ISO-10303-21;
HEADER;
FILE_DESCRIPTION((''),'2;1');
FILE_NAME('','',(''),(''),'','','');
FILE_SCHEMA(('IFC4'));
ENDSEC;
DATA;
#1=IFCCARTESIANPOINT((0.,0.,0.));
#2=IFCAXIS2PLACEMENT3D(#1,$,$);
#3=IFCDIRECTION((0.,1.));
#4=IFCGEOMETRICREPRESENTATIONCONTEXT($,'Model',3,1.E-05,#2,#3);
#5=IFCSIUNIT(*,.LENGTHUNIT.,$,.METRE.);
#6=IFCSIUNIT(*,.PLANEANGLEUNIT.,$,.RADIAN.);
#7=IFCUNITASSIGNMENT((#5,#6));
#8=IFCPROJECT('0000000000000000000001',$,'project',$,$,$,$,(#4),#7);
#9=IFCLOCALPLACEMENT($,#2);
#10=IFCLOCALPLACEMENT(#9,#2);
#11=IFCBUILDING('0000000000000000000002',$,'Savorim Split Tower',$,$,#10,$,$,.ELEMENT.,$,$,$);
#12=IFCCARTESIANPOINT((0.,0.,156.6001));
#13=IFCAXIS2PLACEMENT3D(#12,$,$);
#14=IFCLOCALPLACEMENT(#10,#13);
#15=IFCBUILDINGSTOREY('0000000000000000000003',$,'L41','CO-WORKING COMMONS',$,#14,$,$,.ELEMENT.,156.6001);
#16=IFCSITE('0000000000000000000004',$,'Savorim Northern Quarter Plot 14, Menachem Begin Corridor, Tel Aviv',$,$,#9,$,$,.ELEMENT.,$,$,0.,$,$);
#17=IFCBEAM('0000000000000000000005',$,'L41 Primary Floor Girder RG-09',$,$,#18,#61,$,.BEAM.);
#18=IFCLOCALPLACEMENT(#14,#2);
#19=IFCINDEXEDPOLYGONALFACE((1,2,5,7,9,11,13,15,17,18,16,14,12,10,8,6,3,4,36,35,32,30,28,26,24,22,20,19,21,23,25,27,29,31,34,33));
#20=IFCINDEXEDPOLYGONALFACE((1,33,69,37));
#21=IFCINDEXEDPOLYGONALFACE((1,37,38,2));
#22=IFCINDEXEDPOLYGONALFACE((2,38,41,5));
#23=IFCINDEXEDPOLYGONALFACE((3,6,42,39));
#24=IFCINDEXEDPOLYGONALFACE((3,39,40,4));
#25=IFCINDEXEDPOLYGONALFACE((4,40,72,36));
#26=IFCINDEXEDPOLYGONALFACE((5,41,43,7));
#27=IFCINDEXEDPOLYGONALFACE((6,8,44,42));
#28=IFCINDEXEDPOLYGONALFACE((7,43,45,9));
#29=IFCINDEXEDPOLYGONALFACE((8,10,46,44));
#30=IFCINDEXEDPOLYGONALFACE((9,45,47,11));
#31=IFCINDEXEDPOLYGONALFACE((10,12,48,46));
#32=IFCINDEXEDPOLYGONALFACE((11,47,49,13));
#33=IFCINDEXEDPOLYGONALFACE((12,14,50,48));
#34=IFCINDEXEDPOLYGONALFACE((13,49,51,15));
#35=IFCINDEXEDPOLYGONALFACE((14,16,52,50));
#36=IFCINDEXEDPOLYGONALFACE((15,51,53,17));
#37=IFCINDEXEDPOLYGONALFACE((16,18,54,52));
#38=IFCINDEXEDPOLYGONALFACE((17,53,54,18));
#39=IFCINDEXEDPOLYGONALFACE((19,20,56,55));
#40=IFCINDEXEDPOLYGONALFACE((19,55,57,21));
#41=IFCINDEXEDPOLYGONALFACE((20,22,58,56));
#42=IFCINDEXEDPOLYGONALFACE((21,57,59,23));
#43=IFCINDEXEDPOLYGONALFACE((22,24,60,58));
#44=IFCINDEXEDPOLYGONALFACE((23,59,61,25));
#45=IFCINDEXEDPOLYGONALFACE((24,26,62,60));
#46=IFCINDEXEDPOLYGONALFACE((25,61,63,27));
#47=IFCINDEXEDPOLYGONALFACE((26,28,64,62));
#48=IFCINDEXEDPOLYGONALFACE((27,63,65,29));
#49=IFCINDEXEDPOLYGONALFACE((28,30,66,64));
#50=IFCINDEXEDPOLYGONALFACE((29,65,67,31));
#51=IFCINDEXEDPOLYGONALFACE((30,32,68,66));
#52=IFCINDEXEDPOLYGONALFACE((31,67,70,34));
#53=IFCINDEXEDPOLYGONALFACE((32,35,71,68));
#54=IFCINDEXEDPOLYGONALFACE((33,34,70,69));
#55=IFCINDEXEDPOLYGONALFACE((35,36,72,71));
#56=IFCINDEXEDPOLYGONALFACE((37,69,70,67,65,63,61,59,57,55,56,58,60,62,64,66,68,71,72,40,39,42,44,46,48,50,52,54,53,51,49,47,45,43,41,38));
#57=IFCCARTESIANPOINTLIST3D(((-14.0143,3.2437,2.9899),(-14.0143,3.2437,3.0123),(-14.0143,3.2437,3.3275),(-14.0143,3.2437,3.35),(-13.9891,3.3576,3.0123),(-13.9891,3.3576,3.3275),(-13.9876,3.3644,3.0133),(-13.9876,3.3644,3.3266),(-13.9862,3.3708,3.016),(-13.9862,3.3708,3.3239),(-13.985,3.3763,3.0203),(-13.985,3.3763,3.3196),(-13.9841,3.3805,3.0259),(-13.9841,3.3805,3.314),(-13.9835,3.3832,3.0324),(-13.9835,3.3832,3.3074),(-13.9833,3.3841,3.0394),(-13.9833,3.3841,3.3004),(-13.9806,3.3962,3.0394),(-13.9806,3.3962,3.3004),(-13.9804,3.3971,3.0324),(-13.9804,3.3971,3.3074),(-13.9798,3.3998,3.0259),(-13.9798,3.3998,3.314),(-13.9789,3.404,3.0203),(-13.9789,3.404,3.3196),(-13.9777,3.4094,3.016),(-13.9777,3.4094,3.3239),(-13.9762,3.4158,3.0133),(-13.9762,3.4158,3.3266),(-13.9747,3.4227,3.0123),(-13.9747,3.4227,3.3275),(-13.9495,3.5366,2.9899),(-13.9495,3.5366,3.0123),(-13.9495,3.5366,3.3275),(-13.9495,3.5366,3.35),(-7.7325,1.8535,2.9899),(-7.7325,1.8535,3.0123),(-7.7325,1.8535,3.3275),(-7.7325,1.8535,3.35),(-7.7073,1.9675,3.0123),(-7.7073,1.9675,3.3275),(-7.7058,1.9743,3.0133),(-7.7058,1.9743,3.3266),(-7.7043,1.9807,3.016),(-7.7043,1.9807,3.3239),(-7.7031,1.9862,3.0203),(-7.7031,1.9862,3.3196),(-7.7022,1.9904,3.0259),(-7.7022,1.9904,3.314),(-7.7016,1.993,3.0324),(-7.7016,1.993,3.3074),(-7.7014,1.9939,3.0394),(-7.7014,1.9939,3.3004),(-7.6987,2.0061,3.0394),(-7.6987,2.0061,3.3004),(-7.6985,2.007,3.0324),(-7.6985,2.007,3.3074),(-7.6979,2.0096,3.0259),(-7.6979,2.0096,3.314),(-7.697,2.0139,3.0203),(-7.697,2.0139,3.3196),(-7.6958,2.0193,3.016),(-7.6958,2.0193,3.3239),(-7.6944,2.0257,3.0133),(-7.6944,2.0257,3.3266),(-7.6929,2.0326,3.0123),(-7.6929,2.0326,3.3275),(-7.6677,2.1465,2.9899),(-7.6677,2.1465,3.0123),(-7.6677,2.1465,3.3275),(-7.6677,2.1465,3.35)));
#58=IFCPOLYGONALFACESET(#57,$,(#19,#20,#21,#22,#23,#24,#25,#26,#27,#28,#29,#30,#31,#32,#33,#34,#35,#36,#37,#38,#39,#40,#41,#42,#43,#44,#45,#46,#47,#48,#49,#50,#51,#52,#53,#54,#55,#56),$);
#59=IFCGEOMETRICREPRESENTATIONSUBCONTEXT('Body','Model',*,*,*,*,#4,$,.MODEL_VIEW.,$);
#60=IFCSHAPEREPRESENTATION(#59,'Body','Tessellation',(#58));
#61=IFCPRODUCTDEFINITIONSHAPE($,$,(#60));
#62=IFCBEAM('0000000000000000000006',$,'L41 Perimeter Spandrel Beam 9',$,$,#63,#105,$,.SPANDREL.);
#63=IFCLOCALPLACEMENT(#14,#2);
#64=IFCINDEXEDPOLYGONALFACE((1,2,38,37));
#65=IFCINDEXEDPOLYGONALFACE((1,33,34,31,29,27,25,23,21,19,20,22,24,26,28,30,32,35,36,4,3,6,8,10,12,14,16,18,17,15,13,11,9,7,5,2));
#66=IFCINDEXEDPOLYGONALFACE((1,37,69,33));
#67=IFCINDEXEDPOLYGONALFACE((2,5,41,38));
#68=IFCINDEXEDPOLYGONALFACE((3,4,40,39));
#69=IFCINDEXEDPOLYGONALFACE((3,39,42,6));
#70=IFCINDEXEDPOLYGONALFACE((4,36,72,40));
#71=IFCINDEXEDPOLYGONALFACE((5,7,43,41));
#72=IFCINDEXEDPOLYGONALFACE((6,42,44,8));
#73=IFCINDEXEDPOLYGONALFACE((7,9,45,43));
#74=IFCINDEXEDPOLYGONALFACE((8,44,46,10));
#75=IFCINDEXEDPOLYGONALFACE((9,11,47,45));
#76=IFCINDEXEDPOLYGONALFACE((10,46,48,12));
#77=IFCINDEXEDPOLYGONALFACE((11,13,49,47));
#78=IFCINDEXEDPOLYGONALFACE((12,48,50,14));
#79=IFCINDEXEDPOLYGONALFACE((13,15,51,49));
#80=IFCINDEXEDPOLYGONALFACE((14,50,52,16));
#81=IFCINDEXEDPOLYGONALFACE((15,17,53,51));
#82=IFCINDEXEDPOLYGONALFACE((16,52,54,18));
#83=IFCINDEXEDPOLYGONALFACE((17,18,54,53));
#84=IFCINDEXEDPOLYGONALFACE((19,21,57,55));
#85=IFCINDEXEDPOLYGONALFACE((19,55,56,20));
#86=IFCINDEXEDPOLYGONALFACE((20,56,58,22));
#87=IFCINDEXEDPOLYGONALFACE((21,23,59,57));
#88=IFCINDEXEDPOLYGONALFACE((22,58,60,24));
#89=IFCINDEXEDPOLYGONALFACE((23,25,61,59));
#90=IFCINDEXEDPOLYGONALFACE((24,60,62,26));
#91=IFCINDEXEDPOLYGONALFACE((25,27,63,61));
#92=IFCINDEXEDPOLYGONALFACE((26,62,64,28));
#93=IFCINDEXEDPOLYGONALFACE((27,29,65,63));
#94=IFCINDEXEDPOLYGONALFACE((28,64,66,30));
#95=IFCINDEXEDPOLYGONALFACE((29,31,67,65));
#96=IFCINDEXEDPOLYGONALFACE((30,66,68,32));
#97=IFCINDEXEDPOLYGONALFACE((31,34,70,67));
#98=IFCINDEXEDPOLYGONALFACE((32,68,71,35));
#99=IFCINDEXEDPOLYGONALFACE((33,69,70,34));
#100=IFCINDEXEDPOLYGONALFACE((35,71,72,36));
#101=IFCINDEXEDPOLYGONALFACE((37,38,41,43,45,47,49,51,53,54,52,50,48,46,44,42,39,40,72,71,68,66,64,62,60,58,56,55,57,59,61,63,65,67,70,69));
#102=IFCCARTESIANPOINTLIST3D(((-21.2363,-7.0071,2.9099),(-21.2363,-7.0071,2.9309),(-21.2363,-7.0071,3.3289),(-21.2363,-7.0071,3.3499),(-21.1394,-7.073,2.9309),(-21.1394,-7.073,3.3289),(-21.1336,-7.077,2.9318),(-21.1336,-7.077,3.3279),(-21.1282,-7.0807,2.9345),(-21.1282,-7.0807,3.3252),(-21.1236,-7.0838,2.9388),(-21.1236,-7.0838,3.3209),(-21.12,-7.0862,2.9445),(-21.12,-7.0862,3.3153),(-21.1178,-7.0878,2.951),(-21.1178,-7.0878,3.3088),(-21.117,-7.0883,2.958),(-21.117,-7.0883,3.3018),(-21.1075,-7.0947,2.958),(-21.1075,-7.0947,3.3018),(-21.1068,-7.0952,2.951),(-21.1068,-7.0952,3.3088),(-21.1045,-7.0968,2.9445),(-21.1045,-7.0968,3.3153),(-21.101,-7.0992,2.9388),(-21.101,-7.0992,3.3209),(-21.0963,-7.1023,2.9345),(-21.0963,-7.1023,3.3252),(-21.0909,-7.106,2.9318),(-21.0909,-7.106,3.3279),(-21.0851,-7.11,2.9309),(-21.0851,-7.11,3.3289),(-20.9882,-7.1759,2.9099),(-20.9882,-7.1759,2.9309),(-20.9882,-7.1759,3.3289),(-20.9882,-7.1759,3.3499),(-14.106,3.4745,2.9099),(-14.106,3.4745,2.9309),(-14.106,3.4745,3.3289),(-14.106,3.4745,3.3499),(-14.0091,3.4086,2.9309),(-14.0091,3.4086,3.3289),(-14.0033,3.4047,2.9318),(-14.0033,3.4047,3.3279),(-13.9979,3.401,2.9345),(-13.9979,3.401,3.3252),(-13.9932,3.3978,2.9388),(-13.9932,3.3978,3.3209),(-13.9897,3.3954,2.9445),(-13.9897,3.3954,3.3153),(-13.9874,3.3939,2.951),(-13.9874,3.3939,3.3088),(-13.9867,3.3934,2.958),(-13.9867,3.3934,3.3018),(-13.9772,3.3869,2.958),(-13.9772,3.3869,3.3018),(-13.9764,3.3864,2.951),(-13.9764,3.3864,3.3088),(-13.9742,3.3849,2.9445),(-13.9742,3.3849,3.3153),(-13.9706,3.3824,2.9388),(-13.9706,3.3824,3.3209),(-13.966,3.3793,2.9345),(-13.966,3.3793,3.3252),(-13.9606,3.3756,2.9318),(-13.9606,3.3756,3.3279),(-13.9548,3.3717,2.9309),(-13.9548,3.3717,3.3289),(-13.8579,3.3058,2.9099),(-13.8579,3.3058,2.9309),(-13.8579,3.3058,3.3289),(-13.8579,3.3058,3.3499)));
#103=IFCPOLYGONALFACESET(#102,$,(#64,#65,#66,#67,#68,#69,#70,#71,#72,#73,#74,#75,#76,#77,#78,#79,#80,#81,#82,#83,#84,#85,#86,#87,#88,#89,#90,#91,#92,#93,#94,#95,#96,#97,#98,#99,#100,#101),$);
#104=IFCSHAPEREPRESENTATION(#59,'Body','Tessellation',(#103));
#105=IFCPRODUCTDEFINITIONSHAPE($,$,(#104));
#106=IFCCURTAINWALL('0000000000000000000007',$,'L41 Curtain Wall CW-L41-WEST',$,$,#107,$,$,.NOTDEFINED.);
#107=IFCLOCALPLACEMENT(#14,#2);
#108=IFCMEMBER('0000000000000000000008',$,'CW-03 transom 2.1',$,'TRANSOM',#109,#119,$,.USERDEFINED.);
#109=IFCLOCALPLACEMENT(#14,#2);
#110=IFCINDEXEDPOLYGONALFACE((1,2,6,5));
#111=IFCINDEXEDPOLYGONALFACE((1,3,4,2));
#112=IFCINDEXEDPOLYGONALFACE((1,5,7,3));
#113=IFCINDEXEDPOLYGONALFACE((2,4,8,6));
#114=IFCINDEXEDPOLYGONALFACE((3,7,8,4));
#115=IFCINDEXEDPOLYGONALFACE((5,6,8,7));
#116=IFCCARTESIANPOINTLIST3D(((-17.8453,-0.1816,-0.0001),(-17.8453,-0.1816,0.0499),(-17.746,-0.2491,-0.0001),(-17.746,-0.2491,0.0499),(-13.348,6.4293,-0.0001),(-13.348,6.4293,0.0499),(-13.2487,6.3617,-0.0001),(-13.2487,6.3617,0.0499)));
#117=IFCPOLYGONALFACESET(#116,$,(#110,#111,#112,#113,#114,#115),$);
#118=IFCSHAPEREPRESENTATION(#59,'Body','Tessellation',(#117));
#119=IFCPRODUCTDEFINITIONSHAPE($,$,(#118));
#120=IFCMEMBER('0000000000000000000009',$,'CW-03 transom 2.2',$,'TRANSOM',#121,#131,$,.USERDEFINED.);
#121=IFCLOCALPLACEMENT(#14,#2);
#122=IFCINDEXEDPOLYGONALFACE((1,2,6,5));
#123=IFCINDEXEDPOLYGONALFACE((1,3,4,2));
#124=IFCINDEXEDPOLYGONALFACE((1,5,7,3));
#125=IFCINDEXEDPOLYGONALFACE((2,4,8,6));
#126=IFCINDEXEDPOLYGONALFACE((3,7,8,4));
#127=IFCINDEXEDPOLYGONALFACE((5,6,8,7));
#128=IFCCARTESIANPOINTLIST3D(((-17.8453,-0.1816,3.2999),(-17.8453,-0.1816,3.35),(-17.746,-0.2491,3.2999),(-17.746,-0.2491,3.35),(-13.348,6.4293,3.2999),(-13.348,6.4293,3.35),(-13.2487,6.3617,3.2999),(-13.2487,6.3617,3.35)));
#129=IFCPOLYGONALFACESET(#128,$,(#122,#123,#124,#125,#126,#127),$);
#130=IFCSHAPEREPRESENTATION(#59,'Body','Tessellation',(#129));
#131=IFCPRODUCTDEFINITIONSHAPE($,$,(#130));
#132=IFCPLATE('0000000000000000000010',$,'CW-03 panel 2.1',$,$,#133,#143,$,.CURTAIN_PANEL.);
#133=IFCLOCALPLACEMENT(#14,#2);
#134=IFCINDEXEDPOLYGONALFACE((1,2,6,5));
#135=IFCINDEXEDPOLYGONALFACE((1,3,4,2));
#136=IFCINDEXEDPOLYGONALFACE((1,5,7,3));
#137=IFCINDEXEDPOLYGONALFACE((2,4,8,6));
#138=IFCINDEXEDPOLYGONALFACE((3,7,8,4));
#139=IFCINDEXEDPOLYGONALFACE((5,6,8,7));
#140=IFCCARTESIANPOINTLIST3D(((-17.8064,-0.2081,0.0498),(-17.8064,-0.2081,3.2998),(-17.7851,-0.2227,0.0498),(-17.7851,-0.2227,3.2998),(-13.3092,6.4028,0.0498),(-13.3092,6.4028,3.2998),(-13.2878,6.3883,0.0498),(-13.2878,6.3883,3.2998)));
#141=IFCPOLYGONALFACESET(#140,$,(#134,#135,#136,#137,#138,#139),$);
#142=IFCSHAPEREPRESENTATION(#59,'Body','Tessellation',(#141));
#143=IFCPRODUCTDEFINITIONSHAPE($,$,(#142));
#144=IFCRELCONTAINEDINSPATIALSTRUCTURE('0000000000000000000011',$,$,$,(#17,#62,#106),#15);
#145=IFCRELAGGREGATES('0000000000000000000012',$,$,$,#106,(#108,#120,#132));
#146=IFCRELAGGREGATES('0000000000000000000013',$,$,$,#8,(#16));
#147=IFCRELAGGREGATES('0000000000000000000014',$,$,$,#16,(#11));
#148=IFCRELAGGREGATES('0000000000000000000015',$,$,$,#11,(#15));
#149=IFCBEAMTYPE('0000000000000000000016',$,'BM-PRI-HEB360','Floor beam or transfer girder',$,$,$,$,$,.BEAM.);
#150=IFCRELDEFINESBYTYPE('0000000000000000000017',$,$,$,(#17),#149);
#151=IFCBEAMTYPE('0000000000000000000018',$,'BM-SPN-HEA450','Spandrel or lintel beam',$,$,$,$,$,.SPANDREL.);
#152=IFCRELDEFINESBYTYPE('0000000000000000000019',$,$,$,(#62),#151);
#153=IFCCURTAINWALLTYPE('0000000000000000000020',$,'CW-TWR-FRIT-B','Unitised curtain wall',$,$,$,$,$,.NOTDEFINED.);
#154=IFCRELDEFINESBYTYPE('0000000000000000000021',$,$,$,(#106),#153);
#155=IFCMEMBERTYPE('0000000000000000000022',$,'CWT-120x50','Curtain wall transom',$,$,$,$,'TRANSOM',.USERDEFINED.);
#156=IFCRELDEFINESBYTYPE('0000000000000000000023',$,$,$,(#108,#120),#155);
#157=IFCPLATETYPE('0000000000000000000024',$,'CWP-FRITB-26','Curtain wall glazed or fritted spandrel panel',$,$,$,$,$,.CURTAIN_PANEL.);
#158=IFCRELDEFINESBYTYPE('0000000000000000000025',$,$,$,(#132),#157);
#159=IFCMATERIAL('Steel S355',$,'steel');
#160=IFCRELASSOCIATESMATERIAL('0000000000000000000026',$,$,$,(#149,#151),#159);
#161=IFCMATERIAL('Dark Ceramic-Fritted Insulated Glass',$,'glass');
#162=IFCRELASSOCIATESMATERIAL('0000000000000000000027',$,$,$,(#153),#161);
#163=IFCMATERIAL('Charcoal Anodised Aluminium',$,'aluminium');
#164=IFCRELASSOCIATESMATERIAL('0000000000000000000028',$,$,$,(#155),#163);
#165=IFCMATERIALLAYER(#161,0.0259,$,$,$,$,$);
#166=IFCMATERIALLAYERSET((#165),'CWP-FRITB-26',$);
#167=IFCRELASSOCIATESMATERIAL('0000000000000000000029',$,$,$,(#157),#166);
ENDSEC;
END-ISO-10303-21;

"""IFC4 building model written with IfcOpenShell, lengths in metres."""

from ifc_helpers import new_model, si_unit, direction, frame, origin, origin_2d, place, context, subcontext, project, spatial, rectangle, i_section, extrude, material, layer, layer_set, material_profile, profile_set, type_object, element, aggregate, save


model = new_model("IFC4")

# Units and contexts
model_context = context("Model", 3, precision=1e-05, world=origin(), true_north=direction((0.0, 1.0)))
body_context = subcontext(model_context, "Body", "Model", "MODEL_VIEW")
ifc_project = project(units=[si_unit("LENGTHUNIT", "METRE"), si_unit("PLANEANGLEUNIT", "RADIAN")], contexts=[model_context])

# Site, building, storey
site_placement = place(None, origin())
site = spatial("IfcSite", under=ifc_project, at=site_placement, Name="Savorim Northern Quarter Plot 14, Menachem Begin Corridor, Tel Aviv", CompositionType="ELEMENT", RefElevation=0.0)
building_placement = place(site_placement, origin())
building = spatial("IfcBuilding", under=site, at=building_placement, Name="Savorim Split Tower", CompositionType="ELEMENT")
storey_placement = place(building_placement, frame((0.0, 0.0, 156.6001)))
storey = spatial("IfcBuildingStorey", under=building, at=storey_placement, Name="L41", Description="CO-WORKING COMMONS", CompositionType="ELEMENT", Elevation=156.6001)

# Beams
ifc_material_1 = material(Name="Steel S355", Category="steel")
ifc_material_profile_1 = material_profile(ifc_material_1, i_section(OverallWidth=0.3, OverallDepth=0.3601, WebThickness=0.0125, FlangeThickness=0.0225, FilletRadius=0.0271, at=origin_2d()), Name="HEB 360")
ifc_profile_set_1 = profile_set([ifc_material_profile_1], Name="Steel S355")
beam_type_1 = type_object("IfcBeamType", Name="BM-PRI-HEB360", Description="Floor beam or transfer girder", PredefinedType="BEAM", material=ifc_profile_set_1)
beam_1_placement = place(storey_placement, frame((-13.9819, 3.3901, 3.1699), z_axis=(0.97638, -0.216063, 0.0), x_axis=(0.216063, 0.97638, 0.0)))
element("IfcBeam", 1, at=beam_1_placement, inside=storey, type_object=beam_type_1, Name="L41 Primary Floor Girder RG-09", PredefinedType="BEAM", context=body_context, shape_type="SweptSolid", body=[
    extrude(i_section(OverallWidth=0.3, OverallDepth=0.3601, WebThickness=0.0125, FlangeThickness=0.0225, FilletRadius=0.0271, at=origin_2d()), origin(), (0.0, 0.0, 1.0), 6.4338),
])
ifc_material_profile_2 = material_profile(ifc_material_1, i_section(OverallWidth=0.3, OverallDepth=0.4399, WebThickness=0.0115, FlangeThickness=0.021, FilletRadius=0.0271, at=origin_2d()), Name="HEA 450")
ifc_profile_set_2 = profile_set([ifc_material_profile_2], Name="Steel S355")
beam_type_2 = type_object("IfcBeamType", Name="BM-SPN-HEA450", Description="Spandrel or lintel beam", PredefinedType="SPANDREL", material=ifc_profile_set_2)
beam_2_placement = place(storey_placement, frame((-13.9819, 3.3901, 3.1299), z_axis=(-0.562462, -0.826823, 0.0), x_axis=(0.826823, -0.562462, 0.0)))
element("IfcBeam", 2, at=beam_2_placement, inside=storey, type_object=beam_type_2, Name="L41 Perimeter Spandrel Beam 9", PredefinedType="SPANDREL", context=body_context, shape_type="SweptSolid", body=[
    extrude(i_section(OverallWidth=0.3, OverallDepth=0.4399, WebThickness=0.0115, FlangeThickness=0.021, FilletRadius=0.0271, at=origin_2d()), origin(), (0.0, 0.0, 1.0), 12.677),
])

# Curtain wall, members, plate
ifc_material_2 = material(Name="Dark Ceramic-Fritted Insulated Glass", Category="glass")
curtain_wall_type = type_object("IfcCurtainWallType", Name="CW-TWR-FRIT-B", Description="Unitised curtain wall", PredefinedType="NOTDEFINED", material=ifc_material_2)
curtain_wall_placement = place(storey_placement, origin())
curtain_wall = element("IfcCurtainWall", 3, at=curtain_wall_placement, inside=storey, type_object=curtain_wall_type, Name="L41 Curtain Wall CW-L41-WEST", PredefinedType="NOTDEFINED")
ifc_material_3 = material(Name="Charcoal Anodised Aluminium", Category="aluminium")
ifc_material_profile_3 = material_profile(ifc_material_3, rectangle(XDim=0.1201, YDim=0.05, at=origin_2d()), Name="ALU-T 120x50")
ifc_profile_set_3 = profile_set([ifc_material_profile_3], Name="Charcoal Anodised Aluminium")
member_type = type_object("IfcMemberType", Name="CWT-120x50", Description="Curtain wall transom", ElementType="TRANSOM", PredefinedType="USERDEFINED", material=ifc_profile_set_3)
member_1_placement = place(storey_placement, frame((-13.2983, 6.3955, 0.0249), z_axis=(-0.562476, -0.826813, 0.0), x_axis=(0.826813, -0.562476, 0.0)))
member_1 = element("IfcMember", 4, at=member_1_placement, type_object=member_type, Name="CW-03 transom 2.1", ObjectType="TRANSOM", PredefinedType="USERDEFINED", context=body_context, shape_type="SweptSolid", body=[
    extrude(rectangle(XDim=0.1201, YDim=0.05, at=origin_2d()), origin(), (0.0, 0.0, 1.0), 7.9956),
])
member_2_placement = place(storey_placement, frame((-13.2983, 6.3955, 3.325), z_axis=(-0.562476, -0.826813, 0.0), x_axis=(0.826813, -0.562476, 0.0)))
member_2 = element("IfcMember", 5, at=member_2_placement, type_object=member_type, Name="CW-03 transom 2.2", ObjectType="TRANSOM", PredefinedType="USERDEFINED", context=body_context, shape_type="SweptSolid", body=[
    extrude(rectangle(XDim=0.1201, YDim=0.05, at=origin_2d()), origin(), (0.0, 0.0, 1.0), 7.9956),
])
ifc_layer_1 = layer(ifc_material_2, 0.0259)
ifc_layer_set_1 = layer_set([ifc_layer_1], Name="CWP-FRITB-26")
plate_type = type_object("IfcPlateType", Name="CWP-FRITB-26", Description="Curtain wall glazed or fritted spandrel panel", PredefinedType="CURTAIN_PANEL", material=ifc_layer_set_1)
plate_placement = place(storey_placement, frame((-15.5471, 3.0901, 0.0498), z_axis=(0.0, 0.0, 1.0), x_axis=(-0.562466, -0.82682, 0.0)))
plate = element("IfcPlate", 6, at=plate_placement, type_object=plate_type, Name="CW-03 panel 2.1", PredefinedType="CURTAIN_PANEL", context=body_context, shape_type="SweptSolid", body=[
    extrude(rectangle(XDim=7.9956, YDim=0.0259, at=origin_2d()), origin(), (0.0, 0.0, 1.0), 3.25),
])
aggregate(curtain_wall, [member_1, member_2, plate])

save(model, "model.ifc")
